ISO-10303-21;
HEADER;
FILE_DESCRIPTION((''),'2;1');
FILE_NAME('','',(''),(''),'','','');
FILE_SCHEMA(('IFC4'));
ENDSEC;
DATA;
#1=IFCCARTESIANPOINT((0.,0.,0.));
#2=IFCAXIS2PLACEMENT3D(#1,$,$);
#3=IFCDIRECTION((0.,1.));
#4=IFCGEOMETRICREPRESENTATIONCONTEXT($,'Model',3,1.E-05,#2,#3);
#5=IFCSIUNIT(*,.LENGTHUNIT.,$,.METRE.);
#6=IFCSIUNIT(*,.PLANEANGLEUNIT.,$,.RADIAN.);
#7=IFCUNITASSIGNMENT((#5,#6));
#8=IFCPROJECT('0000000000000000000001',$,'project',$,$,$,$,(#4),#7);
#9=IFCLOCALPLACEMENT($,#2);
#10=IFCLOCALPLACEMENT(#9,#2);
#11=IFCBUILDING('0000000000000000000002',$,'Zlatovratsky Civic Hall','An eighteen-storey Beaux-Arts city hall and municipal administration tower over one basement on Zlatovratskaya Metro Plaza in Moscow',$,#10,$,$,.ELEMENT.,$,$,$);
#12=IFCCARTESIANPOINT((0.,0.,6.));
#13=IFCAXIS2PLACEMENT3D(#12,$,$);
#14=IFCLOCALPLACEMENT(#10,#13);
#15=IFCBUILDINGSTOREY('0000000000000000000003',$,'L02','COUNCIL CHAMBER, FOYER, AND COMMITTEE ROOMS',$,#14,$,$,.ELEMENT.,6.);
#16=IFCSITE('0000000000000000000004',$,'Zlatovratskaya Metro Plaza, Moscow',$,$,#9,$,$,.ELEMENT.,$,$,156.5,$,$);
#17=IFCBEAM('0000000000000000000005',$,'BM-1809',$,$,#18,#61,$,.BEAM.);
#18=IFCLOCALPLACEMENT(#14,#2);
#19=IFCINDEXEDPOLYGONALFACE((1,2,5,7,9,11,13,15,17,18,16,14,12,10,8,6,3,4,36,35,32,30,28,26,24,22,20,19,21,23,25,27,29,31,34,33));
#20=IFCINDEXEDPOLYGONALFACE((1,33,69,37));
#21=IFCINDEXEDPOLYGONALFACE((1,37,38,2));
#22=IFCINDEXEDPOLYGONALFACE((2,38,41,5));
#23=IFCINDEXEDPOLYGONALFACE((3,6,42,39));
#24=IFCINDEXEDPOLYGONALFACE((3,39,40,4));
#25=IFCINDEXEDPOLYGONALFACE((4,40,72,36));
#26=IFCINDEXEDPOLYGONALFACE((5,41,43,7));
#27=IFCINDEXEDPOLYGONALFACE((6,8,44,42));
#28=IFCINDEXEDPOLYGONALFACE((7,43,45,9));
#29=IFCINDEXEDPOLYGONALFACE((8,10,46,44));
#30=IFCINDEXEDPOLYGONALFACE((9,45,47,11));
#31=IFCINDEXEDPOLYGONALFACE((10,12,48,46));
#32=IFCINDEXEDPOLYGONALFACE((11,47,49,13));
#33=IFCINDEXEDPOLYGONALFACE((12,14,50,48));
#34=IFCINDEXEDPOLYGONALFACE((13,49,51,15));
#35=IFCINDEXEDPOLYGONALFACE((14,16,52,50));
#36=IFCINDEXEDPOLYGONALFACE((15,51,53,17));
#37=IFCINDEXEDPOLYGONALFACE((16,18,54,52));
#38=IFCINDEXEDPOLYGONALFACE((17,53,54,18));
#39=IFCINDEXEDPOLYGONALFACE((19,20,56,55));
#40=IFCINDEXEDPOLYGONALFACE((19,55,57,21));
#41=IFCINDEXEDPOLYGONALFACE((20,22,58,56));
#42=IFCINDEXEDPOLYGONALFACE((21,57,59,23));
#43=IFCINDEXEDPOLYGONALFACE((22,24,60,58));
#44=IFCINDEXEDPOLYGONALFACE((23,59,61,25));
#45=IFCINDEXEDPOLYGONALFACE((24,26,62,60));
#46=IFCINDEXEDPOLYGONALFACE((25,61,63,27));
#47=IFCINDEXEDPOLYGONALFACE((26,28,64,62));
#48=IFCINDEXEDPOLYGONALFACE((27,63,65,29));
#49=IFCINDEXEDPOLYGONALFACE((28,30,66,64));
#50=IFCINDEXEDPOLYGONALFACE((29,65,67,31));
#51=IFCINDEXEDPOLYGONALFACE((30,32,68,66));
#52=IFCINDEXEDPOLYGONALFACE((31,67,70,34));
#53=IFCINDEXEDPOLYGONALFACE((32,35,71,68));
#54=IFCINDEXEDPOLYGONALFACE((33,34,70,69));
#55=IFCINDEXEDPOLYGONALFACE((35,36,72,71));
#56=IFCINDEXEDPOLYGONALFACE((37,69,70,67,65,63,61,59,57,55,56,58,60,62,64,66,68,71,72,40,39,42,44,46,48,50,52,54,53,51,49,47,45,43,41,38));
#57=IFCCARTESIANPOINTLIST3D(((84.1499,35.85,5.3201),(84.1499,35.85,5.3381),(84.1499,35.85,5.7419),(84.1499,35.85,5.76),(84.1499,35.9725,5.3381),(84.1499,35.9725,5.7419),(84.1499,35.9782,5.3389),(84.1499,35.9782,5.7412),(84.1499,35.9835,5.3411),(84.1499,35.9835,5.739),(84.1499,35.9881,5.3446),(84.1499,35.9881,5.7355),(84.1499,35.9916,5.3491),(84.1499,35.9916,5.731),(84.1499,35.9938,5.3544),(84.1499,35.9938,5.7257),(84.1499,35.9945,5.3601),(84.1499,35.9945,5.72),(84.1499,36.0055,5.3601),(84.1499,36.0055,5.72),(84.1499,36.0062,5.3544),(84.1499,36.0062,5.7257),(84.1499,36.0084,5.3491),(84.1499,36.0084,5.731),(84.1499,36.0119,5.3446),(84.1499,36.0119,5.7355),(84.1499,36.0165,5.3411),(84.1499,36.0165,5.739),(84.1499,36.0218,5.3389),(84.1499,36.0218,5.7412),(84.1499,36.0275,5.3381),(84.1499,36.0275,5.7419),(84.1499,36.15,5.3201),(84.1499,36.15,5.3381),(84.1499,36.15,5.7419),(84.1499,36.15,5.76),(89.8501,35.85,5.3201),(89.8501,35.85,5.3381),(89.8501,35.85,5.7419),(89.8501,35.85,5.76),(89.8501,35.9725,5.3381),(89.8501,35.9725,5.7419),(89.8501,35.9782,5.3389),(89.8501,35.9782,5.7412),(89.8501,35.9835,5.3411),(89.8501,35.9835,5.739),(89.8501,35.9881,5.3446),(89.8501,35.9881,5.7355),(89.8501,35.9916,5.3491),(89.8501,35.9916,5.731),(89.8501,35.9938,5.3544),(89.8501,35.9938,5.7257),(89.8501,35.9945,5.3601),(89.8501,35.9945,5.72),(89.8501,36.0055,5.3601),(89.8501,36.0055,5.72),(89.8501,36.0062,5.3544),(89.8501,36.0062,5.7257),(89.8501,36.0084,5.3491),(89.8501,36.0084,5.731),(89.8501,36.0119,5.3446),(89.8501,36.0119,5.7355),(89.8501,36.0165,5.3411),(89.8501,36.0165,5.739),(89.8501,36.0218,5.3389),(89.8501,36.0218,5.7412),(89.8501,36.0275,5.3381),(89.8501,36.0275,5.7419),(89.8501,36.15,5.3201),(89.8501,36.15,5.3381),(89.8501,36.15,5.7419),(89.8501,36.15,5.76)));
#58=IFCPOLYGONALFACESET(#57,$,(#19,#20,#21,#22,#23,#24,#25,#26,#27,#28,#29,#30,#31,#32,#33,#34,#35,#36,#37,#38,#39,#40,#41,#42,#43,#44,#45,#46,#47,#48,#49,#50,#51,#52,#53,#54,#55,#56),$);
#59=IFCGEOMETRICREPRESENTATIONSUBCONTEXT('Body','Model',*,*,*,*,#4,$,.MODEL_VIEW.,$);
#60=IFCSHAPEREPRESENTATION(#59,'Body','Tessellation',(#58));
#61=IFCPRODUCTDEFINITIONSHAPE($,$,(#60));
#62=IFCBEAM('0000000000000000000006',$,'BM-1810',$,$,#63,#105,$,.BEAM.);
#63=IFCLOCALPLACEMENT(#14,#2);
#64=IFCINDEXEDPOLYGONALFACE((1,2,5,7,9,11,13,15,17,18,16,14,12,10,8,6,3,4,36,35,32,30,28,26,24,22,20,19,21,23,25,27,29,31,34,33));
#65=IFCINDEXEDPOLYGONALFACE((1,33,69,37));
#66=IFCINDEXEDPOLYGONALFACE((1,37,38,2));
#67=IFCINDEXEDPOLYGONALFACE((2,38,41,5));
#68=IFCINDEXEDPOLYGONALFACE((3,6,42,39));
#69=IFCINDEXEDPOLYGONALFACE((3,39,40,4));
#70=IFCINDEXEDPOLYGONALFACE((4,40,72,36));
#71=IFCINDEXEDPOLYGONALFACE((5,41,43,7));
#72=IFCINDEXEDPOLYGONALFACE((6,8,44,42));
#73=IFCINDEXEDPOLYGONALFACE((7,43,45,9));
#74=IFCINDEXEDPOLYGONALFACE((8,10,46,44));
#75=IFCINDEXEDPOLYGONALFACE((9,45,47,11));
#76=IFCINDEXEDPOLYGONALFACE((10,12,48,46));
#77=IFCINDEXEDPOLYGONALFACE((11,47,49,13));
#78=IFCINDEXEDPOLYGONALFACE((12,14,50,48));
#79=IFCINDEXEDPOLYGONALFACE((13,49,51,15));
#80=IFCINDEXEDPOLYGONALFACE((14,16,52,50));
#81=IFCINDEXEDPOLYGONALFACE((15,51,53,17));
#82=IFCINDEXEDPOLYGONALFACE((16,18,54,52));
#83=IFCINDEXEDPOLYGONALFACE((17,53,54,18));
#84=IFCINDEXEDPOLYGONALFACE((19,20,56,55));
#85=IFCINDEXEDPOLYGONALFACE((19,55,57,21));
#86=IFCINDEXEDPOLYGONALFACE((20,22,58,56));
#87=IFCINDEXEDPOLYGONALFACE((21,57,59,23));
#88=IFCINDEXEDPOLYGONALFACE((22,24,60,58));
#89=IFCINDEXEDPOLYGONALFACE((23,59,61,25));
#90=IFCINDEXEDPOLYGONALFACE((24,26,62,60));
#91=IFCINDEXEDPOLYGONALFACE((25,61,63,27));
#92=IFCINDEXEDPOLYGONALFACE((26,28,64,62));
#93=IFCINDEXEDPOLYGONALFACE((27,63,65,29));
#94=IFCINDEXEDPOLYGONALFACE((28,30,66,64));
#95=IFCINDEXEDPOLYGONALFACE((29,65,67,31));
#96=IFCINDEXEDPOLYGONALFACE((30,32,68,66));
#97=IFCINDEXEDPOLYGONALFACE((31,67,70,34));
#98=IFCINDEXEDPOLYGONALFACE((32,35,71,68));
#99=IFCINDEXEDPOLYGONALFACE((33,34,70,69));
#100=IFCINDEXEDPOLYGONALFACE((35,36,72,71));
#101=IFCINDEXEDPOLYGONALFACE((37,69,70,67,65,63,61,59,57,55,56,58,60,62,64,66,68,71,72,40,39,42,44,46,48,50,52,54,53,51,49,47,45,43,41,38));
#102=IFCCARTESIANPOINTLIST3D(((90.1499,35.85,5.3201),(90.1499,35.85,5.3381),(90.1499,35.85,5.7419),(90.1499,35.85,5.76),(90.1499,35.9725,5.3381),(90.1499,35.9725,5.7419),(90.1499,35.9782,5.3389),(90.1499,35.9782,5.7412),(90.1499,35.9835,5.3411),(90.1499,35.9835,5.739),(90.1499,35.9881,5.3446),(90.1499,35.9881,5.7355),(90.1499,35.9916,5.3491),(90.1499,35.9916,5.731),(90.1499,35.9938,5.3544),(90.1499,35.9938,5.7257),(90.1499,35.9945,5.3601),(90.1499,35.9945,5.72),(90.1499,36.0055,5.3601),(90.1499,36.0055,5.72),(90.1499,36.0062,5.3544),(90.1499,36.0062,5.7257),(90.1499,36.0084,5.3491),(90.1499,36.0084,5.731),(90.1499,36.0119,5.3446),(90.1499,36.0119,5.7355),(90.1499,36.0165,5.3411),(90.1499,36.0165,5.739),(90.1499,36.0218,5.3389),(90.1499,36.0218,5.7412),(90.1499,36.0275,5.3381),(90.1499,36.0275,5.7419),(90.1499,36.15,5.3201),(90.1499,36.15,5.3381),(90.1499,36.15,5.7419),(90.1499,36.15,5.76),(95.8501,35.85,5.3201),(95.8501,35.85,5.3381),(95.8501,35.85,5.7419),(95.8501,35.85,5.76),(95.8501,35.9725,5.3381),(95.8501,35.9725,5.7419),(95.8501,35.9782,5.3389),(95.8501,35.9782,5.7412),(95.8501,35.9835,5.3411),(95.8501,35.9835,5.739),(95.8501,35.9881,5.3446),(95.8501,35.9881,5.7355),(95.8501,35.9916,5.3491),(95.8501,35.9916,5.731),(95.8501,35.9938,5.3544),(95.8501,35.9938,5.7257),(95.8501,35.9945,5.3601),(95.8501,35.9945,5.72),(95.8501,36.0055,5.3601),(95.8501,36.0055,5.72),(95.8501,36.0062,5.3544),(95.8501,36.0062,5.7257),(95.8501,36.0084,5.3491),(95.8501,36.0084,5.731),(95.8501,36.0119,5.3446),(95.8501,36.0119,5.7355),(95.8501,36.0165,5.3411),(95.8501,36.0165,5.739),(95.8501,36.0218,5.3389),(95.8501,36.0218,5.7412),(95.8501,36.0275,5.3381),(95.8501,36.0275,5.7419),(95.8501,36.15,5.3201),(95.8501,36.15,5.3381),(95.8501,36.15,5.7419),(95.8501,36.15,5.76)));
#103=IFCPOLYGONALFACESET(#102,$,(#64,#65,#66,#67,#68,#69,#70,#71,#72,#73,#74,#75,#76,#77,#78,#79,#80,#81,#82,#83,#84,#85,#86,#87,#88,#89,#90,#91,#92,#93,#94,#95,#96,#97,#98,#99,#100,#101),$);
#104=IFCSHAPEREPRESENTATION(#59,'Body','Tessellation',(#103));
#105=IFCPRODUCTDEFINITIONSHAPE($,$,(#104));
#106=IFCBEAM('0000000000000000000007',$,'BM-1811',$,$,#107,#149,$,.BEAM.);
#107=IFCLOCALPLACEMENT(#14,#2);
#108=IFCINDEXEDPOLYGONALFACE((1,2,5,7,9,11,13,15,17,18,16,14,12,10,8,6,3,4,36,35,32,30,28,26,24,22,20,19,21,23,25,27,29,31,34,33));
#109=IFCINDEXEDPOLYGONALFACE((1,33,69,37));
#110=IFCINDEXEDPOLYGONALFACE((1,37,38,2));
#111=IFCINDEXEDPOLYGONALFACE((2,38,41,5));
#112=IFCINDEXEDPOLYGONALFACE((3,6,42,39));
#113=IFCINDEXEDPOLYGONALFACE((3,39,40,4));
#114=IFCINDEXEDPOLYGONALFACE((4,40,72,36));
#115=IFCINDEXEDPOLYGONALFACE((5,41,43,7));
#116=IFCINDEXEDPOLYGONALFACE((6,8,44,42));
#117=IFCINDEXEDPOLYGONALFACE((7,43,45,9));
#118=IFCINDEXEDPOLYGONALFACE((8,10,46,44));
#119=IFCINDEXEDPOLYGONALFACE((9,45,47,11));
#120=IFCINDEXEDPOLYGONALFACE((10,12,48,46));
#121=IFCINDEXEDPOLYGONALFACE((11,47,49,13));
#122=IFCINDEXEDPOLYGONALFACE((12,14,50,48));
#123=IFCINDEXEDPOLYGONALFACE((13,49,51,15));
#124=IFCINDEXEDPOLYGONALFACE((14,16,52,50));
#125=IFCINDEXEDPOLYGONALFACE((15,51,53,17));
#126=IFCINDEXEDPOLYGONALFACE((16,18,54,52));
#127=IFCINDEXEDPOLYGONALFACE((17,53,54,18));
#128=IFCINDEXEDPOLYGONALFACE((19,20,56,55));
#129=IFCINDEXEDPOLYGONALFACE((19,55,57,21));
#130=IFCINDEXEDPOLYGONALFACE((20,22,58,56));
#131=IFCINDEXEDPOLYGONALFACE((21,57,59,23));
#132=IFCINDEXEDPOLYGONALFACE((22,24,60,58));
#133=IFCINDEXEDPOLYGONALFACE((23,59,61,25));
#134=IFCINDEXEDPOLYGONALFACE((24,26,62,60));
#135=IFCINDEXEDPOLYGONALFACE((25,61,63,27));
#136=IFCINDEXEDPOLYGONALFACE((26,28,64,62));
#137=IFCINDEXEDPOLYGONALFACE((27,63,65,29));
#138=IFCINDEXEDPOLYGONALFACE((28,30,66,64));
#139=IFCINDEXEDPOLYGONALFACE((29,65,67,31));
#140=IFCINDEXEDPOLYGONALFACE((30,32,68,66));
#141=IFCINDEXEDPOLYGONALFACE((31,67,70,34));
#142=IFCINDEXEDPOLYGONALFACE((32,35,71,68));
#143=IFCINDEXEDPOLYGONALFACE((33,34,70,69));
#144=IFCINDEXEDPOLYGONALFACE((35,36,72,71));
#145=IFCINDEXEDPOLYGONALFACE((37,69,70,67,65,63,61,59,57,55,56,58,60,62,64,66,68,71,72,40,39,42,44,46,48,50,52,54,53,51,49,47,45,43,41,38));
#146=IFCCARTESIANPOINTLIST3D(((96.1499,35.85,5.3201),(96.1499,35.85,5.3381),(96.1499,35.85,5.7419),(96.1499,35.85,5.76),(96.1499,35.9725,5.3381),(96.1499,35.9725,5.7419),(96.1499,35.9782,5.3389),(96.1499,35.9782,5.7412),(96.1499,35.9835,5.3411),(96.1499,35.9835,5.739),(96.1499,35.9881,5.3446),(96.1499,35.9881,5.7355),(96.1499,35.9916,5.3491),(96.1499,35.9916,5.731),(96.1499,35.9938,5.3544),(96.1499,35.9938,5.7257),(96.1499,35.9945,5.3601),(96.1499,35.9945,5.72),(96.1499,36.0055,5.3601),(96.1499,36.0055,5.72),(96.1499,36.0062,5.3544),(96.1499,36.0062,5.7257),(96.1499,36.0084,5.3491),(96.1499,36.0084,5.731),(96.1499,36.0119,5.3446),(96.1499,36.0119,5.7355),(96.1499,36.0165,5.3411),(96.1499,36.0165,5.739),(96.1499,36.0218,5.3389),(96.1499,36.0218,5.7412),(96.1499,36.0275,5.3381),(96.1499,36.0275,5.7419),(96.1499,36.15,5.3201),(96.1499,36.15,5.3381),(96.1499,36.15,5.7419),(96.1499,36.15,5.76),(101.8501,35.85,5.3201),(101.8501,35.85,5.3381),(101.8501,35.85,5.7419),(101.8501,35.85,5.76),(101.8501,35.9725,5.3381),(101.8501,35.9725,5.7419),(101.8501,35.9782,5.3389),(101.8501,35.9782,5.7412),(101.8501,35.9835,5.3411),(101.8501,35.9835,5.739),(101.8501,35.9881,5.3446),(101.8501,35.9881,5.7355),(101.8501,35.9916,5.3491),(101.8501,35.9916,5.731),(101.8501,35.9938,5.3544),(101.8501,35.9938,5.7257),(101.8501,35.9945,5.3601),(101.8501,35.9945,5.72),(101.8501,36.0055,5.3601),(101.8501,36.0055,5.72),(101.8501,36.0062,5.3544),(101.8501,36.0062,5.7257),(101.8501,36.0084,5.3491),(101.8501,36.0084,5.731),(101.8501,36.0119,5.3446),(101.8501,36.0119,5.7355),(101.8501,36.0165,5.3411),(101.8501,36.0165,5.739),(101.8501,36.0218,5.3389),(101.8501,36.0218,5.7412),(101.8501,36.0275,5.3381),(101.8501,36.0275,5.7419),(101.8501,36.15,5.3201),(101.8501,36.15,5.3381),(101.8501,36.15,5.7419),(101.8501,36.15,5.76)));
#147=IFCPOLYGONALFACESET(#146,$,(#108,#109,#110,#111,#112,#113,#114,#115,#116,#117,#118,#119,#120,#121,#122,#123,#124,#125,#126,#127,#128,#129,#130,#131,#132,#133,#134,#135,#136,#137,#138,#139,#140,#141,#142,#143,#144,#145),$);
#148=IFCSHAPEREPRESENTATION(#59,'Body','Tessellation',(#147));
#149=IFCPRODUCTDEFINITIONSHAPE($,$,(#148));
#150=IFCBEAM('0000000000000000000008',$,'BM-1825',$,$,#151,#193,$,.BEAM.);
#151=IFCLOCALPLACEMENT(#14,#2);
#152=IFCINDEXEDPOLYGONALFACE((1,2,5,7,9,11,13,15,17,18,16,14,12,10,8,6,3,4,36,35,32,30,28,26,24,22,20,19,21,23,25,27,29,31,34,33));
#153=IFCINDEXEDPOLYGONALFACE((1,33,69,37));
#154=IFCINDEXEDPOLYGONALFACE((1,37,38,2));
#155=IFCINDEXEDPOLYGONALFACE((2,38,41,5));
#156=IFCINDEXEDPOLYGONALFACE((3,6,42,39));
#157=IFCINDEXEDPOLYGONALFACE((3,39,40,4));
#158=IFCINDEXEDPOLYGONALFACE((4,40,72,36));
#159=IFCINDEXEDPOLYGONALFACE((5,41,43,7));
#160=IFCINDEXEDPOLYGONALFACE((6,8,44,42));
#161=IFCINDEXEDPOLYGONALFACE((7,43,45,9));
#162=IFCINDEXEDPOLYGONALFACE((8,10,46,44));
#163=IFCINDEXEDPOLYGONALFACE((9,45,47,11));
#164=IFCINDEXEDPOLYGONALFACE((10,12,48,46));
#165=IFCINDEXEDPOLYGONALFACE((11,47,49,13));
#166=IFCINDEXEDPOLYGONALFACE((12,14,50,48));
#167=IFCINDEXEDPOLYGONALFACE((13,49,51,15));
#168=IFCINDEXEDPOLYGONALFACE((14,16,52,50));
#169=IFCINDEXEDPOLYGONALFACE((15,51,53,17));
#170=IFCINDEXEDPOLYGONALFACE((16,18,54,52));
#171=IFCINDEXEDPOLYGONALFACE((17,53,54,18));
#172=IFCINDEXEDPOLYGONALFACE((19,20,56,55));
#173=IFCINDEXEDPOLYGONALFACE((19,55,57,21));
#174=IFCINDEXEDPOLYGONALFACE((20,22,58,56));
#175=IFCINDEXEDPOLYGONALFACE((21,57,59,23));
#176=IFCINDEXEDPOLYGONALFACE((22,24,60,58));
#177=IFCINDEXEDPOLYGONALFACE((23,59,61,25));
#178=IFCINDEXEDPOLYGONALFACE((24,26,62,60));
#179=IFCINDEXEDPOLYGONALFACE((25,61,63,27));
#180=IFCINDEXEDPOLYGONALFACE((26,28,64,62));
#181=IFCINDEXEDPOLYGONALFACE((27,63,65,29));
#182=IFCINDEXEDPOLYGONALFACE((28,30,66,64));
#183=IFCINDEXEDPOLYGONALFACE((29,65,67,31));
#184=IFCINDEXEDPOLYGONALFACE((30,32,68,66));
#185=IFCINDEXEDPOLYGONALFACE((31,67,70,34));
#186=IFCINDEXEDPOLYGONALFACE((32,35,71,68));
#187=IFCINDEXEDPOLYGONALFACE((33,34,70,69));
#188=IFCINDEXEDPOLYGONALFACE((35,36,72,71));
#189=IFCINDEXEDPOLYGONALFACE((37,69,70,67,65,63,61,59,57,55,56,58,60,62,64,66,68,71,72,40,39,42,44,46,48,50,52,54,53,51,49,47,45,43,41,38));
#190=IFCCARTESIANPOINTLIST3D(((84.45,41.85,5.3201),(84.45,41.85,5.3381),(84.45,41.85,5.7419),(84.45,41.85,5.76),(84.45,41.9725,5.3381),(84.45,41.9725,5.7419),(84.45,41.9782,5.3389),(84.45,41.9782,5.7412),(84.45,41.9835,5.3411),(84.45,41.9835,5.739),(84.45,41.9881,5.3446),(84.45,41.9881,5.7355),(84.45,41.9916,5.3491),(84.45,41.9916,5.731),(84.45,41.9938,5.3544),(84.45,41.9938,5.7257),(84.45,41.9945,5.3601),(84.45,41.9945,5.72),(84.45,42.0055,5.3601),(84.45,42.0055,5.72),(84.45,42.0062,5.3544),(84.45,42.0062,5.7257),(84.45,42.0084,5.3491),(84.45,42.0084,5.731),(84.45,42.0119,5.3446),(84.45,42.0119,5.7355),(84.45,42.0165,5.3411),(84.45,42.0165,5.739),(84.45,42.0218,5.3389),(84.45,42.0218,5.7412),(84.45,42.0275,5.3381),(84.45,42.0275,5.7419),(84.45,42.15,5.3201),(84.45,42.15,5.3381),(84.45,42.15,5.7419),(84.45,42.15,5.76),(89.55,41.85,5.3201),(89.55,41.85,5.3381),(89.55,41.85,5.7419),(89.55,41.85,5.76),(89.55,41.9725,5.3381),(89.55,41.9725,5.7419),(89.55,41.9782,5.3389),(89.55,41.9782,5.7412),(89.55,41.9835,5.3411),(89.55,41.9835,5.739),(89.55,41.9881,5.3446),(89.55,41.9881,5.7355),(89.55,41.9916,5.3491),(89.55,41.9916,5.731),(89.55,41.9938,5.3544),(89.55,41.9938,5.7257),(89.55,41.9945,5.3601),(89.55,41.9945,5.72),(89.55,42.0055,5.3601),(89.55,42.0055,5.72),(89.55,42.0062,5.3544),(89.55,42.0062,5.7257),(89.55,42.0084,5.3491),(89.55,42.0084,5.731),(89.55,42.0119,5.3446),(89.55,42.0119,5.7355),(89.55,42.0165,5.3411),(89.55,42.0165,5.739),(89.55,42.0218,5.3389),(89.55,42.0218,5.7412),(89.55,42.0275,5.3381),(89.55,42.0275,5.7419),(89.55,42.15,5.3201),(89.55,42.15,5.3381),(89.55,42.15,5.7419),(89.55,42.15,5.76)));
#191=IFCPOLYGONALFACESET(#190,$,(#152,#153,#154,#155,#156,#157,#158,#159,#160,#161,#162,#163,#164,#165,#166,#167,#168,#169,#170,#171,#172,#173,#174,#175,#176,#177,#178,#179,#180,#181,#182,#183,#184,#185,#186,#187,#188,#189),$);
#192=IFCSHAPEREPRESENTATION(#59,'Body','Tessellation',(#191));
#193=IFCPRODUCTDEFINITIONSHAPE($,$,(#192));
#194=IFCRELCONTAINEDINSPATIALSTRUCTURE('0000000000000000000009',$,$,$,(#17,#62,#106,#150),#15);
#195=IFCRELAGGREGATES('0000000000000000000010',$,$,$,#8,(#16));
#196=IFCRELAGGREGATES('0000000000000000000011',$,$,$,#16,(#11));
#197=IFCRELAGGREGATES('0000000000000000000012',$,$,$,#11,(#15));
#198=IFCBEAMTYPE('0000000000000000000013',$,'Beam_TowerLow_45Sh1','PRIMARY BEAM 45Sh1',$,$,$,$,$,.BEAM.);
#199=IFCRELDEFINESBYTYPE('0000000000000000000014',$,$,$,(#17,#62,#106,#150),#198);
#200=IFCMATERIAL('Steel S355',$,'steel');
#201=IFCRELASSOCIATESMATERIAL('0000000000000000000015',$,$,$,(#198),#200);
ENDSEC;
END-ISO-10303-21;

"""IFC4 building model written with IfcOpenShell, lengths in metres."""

from ifc_helpers import new_model, si_unit, direction, frame, origin, origin_2d, place, context, subcontext, project, spatial, i_section, extrude, material, material_profile, profile_set, type_object, element, save


model = new_model("IFC4")

# Units and contexts
model_context = context("Model", 3, precision=1e-05, world=origin(), true_north=direction((0.0, 1.0)))
body_context = subcontext(model_context, "Body", "Model", "MODEL_VIEW")
ifc_project = project(units=[si_unit("LENGTHUNIT", "METRE"), si_unit("PLANEANGLEUNIT", "RADIAN")], contexts=[model_context])

# Site, building, storey
site_placement = place(None, origin())
site = spatial("IfcSite", under=ifc_project, at=site_placement, Name="Zlatovratskaya Metro Plaza, Moscow", CompositionType="ELEMENT", RefElevation=156.5)
building_placement = place(site_placement, origin())
building = spatial("IfcBuilding", under=site, at=building_placement, Name="Zlatovratsky Civic Hall", Description="An eighteen-storey Beaux-Arts city hall and municipal administration tower over one basement on Zlatovratskaya Metro Plaza in Moscow", CompositionType="ELEMENT")
storey_placement = place(building_placement, frame((0.0, 0.0, 6.0)))
storey = spatial("IfcBuildingStorey", under=building, at=storey_placement, Name="L02", Description="COUNCIL CHAMBER, FOYER, AND COMMITTEE ROOMS", CompositionType="ELEMENT", Elevation=6.0)

# Shared definitions
ifc_material_1 = material(Name="Steel S355", Category="steel")

# Beams
ifc_material_profile_1 = material_profile(ifc_material_1, i_section(OverallWidth=0.3, OverallDepth=0.4399, WebThickness=0.011, FlangeThickness=0.0181, FilletRadius=0.022, at=origin_2d()), Name="45Sh1")
ifc_profile_set_1 = profile_set([ifc_material_profile_1], Name="Steel S355")
beam_type = type_object("IfcBeamType", Name="Beam_TowerLow_45Sh1", Description="PRIMARY BEAM 45Sh1", PredefinedType="BEAM", material=ifc_profile_set_1)
for number, where, z_axis, x_axis, name in (
    (1, (84.1499, 36.0, 5.54), (1.0, 0.0, 0.0), (0.0, 1.0, 0.0), "BM-1809"),
    (2, (90.1499, 36.0, 5.54), (1.0, 0.0, 0.0), (0.0, 1.0, 0.0), "BM-1810"),
    (3, (96.1499, 36.0, 5.54), (1.0, 0.0, 0.0), (0.0, 1.0, 0.0), "BM-1811"),
):
    element("IfcBeam", number, at=place(storey_placement, frame(where, z_axis=z_axis, x_axis=x_axis)), inside=storey, type_object=beam_type, Name=name, PredefinedType="BEAM", context=body_context, shape_type="SweptSolid", body=[
        extrude(i_section(OverallWidth=0.3, OverallDepth=0.4399, WebThickness=0.011, FlangeThickness=0.0181, FilletRadius=0.022, at=origin_2d()), origin(), (0.0, 0.0, 1.0), 5.7002),
    ])
for number, where, z_axis, x_axis, name in (
    (4, (84.45, 42.0, 5.54), (1.0, 0.0, 0.0), (0.0, 1.0, 0.0), "BM-1825"),
):
    element("IfcBeam", number, at=place(storey_placement, frame(where, z_axis=z_axis, x_axis=x_axis)), inside=storey, type_object=beam_type, Name=name, PredefinedType="BEAM", context=body_context, shape_type="SweptSolid", body=[
        extrude(i_section(OverallWidth=0.3, OverallDepth=0.4399, WebThickness=0.011, FlangeThickness=0.0181, FilletRadius=0.022, at=origin_2d()), origin(), (0.0, 0.0, 1.0), 5.1001),
    ])

save(model, "model.ifc")
